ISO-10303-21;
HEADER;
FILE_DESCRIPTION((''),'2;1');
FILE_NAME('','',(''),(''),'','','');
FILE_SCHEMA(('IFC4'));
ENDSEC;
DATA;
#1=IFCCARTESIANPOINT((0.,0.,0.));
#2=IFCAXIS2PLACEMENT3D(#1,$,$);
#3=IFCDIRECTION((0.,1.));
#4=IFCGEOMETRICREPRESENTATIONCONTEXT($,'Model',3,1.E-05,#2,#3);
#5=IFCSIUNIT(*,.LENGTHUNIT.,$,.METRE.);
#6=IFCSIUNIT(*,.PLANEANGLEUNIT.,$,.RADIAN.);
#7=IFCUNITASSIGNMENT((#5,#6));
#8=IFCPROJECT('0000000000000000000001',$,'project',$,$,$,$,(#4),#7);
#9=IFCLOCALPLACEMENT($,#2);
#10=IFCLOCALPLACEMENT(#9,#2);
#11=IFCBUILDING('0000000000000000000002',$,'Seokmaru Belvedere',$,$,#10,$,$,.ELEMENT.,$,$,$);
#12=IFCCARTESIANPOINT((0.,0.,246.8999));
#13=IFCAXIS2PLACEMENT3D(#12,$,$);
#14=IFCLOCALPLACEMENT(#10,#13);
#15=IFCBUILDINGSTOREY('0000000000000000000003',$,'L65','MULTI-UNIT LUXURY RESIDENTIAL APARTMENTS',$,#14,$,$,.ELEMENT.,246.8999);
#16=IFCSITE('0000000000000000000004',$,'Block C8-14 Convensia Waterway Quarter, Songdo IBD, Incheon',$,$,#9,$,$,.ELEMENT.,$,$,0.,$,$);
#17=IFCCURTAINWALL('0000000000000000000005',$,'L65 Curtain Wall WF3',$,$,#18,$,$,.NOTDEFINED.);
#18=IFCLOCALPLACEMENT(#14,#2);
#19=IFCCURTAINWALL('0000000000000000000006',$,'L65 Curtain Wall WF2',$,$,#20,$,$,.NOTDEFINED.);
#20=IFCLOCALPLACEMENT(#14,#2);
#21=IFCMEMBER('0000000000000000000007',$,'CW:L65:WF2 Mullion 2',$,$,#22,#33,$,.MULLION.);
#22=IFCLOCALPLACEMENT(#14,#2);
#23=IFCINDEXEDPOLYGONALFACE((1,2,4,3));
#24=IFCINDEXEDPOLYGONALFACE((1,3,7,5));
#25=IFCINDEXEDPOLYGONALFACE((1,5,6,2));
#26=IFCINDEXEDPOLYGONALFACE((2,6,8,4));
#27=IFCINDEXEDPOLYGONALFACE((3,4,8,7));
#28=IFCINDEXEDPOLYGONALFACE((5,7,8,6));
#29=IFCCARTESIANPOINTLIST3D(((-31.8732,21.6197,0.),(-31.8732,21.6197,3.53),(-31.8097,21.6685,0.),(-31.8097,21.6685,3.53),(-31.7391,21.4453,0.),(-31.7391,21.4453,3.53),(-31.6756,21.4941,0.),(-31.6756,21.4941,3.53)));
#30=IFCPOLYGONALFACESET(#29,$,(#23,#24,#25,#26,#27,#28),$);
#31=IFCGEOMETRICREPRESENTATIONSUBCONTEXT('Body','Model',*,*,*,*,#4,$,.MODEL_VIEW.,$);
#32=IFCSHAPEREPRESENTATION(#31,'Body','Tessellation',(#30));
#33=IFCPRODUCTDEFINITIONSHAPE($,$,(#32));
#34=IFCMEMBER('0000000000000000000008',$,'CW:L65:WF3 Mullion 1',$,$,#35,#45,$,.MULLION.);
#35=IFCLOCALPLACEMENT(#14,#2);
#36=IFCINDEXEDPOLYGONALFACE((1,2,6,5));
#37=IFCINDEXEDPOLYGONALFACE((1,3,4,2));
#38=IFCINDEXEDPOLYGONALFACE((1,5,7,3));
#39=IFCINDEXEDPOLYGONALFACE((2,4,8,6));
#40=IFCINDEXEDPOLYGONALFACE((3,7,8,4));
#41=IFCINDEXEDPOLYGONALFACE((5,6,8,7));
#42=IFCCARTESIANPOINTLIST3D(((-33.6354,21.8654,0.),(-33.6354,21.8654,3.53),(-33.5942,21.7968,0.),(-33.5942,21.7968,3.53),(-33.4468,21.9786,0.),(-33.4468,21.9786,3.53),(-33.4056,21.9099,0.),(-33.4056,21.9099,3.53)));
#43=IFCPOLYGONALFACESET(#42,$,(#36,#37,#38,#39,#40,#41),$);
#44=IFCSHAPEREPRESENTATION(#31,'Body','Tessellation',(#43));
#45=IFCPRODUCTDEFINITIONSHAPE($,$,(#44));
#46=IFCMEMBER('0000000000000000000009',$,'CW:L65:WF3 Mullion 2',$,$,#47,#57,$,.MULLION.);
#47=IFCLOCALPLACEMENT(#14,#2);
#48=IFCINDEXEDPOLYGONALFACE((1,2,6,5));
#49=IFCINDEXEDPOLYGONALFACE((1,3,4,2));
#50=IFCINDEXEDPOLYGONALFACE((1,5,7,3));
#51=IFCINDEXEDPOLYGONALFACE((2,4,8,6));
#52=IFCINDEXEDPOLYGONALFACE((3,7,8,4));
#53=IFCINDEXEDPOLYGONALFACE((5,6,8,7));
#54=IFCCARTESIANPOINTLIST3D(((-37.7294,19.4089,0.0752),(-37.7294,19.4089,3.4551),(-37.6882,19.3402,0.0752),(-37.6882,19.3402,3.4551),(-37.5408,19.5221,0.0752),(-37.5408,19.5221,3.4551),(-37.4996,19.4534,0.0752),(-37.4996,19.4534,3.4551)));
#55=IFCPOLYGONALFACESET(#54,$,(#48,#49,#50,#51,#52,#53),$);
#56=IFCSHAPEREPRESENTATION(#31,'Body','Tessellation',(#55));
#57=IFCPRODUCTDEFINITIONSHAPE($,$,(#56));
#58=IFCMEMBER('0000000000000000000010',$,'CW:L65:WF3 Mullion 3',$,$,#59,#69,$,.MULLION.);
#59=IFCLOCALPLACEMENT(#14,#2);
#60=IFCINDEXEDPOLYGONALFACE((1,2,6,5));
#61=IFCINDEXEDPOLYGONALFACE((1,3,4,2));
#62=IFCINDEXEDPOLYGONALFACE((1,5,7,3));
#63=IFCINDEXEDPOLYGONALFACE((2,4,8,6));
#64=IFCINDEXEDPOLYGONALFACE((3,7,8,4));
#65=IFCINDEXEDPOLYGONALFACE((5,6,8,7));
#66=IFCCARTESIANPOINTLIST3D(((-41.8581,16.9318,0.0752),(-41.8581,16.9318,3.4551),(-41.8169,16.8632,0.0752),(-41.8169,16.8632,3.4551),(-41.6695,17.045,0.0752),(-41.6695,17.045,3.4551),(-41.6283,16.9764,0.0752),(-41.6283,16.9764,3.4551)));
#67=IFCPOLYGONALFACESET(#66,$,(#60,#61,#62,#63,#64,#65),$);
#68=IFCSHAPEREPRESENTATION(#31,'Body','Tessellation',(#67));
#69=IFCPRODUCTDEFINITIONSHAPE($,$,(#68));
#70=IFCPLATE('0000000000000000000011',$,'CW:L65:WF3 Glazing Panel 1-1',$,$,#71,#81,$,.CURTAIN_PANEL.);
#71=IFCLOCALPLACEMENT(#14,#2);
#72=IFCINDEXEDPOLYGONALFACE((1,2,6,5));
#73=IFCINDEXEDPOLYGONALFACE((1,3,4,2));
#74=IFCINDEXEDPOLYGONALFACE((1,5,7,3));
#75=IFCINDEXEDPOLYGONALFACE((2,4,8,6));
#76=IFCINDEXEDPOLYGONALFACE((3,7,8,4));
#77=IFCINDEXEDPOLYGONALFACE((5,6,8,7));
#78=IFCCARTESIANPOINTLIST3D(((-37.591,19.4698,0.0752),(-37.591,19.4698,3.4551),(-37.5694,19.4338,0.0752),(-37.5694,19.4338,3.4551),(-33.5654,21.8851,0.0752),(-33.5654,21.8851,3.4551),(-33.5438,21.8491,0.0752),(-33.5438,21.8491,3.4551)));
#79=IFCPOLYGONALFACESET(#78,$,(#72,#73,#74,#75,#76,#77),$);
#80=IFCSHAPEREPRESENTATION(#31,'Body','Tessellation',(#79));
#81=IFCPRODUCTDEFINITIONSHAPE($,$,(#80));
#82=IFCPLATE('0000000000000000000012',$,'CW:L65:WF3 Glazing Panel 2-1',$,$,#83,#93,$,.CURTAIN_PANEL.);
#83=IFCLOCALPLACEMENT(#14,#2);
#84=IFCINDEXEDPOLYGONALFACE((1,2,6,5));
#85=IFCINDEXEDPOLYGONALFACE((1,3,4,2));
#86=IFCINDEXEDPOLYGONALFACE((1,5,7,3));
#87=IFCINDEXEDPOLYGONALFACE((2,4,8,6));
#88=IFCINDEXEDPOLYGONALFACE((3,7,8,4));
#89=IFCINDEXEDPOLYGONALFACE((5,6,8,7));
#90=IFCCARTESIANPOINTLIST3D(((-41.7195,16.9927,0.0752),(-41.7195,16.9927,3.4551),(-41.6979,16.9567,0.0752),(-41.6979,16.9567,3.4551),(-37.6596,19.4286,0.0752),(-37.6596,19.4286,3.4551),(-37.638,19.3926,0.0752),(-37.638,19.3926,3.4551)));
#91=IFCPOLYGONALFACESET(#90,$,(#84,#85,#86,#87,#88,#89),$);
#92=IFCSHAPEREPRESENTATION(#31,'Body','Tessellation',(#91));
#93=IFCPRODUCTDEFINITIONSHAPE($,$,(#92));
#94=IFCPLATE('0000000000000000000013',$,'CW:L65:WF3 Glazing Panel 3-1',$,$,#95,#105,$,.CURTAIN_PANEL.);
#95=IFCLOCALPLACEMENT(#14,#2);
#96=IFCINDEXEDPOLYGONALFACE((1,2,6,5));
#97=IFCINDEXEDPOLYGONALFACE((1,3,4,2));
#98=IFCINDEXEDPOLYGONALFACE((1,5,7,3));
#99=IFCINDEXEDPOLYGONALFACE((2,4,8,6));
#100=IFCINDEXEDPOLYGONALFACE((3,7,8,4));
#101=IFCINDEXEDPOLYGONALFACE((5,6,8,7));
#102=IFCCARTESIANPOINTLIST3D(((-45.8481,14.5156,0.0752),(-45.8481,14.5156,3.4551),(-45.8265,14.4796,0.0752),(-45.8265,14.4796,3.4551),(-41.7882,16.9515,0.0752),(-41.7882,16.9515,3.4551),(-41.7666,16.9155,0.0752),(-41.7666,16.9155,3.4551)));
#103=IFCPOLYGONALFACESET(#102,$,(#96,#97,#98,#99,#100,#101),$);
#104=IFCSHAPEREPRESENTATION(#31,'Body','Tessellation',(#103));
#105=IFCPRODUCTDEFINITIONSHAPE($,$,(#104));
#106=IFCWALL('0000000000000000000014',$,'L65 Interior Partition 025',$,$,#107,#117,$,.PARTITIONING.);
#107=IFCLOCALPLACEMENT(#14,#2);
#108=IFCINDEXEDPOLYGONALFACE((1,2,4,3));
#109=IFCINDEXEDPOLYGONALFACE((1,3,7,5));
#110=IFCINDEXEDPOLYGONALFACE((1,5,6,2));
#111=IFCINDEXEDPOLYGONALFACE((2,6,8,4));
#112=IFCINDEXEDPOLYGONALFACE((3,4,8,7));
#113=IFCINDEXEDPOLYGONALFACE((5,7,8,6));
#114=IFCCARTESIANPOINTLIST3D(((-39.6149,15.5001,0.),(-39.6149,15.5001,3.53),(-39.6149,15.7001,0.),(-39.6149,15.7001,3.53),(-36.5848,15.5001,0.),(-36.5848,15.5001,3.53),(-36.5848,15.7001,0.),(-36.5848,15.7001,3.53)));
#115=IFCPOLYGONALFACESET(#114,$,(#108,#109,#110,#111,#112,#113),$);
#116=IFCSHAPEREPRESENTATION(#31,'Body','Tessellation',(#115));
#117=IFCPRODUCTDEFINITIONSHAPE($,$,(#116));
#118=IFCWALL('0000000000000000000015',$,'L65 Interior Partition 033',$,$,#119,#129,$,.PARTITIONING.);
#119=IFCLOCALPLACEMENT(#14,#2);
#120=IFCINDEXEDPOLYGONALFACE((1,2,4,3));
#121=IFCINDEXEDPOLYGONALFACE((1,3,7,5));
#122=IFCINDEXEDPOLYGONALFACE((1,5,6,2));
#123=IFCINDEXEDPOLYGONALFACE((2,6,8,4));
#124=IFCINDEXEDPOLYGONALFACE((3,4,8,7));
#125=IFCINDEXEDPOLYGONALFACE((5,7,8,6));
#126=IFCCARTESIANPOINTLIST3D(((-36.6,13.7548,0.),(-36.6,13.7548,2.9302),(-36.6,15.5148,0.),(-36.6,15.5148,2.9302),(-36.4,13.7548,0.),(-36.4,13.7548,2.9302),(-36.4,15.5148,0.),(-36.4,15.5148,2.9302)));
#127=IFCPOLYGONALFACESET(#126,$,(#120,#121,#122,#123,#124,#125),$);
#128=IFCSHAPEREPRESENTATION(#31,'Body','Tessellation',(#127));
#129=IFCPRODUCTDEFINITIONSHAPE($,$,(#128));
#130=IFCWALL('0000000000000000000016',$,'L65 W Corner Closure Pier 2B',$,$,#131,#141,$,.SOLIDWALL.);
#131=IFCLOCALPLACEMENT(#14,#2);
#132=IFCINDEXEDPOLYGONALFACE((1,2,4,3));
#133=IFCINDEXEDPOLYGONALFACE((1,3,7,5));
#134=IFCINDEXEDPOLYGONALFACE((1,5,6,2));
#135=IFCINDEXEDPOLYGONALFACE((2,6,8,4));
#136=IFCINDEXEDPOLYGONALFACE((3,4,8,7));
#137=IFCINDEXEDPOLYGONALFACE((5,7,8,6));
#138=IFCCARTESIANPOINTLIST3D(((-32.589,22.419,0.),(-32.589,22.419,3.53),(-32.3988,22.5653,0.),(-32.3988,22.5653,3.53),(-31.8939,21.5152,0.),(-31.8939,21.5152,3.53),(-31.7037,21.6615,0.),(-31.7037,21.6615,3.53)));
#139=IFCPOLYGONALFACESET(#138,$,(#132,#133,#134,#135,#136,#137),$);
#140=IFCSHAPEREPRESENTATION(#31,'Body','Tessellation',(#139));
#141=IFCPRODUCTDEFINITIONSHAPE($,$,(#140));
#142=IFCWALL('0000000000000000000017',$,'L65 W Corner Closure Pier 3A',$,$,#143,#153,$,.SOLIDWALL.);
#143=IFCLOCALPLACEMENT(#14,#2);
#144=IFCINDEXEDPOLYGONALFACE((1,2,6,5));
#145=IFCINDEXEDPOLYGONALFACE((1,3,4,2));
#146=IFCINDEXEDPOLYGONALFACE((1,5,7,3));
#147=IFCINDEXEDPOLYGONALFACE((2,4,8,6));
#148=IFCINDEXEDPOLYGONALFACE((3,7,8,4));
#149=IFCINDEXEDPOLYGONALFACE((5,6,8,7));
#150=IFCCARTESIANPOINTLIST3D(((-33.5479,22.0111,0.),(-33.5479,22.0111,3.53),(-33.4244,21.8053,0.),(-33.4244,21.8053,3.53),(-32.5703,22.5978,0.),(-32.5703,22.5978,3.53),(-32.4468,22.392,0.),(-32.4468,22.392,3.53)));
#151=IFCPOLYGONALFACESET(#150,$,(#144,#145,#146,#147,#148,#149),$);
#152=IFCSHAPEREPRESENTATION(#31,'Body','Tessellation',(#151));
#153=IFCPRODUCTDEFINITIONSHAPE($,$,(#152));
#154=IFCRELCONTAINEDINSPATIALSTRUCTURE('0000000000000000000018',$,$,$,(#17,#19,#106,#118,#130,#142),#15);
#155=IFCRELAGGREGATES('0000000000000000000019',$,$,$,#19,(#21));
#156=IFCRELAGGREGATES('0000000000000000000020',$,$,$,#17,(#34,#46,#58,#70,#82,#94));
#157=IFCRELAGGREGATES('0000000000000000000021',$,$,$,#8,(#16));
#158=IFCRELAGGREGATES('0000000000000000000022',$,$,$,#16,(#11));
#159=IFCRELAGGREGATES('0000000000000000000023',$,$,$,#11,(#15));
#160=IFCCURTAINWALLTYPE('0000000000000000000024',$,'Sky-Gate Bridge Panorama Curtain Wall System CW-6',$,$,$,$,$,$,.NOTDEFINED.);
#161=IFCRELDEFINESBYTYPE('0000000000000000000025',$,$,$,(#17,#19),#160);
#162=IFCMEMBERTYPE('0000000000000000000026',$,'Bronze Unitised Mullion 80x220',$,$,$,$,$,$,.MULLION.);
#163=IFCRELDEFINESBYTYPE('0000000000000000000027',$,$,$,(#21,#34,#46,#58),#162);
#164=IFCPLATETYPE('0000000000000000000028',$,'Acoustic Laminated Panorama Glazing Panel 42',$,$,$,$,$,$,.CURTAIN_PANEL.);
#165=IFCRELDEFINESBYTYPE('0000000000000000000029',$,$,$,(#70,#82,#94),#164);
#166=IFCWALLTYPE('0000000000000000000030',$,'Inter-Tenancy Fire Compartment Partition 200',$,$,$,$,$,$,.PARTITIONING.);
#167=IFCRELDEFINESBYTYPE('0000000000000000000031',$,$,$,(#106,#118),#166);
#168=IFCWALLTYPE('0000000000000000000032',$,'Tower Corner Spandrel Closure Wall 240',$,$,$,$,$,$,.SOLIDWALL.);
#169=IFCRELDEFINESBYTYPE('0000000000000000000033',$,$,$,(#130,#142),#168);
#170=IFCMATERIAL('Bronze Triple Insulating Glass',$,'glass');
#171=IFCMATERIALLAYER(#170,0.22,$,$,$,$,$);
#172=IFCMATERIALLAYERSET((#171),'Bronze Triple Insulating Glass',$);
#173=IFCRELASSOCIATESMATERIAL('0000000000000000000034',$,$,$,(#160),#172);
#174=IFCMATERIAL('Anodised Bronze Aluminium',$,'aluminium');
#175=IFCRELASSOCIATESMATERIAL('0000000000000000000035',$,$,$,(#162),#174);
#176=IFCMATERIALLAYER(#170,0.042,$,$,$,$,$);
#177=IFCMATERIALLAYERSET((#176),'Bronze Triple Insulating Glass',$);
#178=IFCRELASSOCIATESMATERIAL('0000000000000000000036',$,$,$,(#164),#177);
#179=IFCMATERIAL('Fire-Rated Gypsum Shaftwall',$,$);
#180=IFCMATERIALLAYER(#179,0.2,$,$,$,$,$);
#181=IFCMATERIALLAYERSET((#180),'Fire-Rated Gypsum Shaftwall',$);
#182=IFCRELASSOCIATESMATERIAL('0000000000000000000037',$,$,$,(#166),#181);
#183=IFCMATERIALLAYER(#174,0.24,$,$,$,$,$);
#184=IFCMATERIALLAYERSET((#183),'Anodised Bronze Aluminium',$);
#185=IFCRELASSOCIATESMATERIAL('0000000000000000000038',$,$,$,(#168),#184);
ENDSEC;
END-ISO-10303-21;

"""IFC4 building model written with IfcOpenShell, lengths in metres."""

from ifc_helpers import new_model, si_unit, direction, frame, frame_2d, origin, origin_2d, place, context, subcontext, project, spatial, rectangle, extrude, source, transform, mapped, material, layer, layer_set, material_profile, profile_set, type_object, type_shapes, element, aggregate, save


model = new_model("IFC4")

# Units and contexts
model_context = context("Model", 3, precision=1e-05, world=origin(), true_north=direction((0.0, 1.0)))
body_context = subcontext(model_context, "Body", "Model", "MODEL_VIEW")
ifc_project = project(units=[si_unit("LENGTHUNIT", "METRE"), si_unit("PLANEANGLEUNIT", "RADIAN")], contexts=[model_context])

# Site, building, storey
site_placement = place(None, origin())
site = spatial("IfcSite", under=ifc_project, at=site_placement, Name="Block C8-14 Convensia Waterway Quarter, Songdo IBD, Incheon", CompositionType="ELEMENT", RefElevation=0.0)
building_placement = place(site_placement, origin())
building = spatial("IfcBuilding", under=site, at=building_placement, Name="Seokmaru Belvedere", CompositionType="ELEMENT")
storey_placement = place(building_placement, frame((0.0, 0.0, 246.8999)))
storey = spatial("IfcBuildingStorey", under=building, at=storey_placement, Name="L65", Description="MULTI-UNIT LUXURY RESIDENTIAL APARTMENTS", CompositionType="ELEMENT", Elevation=246.8999)

# Curtain wall
ifc_material_1 = material(Name="Bronze Triple Insulating Glass", Category="glass")
ifc_layer_1 = layer(ifc_material_1, 0.22)
ifc_layer_set_1 = layer_set([ifc_layer_1], Name="Bronze Triple Insulating Glass")
curtain_wall_type = type_object("IfcCurtainWallType", Name="Sky-Gate Bridge Panorama Curtain Wall System CW-6", PredefinedType="NOTDEFINED", material=ifc_layer_set_1)
curtain_wall_1_placement = place(storey_placement, origin())
curtain_wall_1 = element("IfcCurtainWall", 1, at=curtain_wall_1_placement, inside=storey, type_object=curtain_wall_type, Name="L65 Curtain Wall WF3", PredefinedType="NOTDEFINED")
ifc_material_2 = material(Name="Anodised Bronze Aluminium", Category="aluminium")

# Curtain wall, member
curtain_wall_2_placement = place(storey_placement, origin())
curtain_wall_2 = element("IfcCurtainWall", 2, at=curtain_wall_2_placement, inside=storey, type_object=curtain_wall_type, Name="L65 Curtain Wall WF2", PredefinedType="NOTDEFINED")
ifc_material_profile_1 = material_profile(ifc_material_2, rectangle(XDim=0.0801, YDim=0.22, at=origin_2d()), Name="CW-M-80x220")
ifc_profile_set_1 = profile_set([ifc_material_profile_1], Name="Anodised Bronze Aluminium")
member_type_1 = type_object("IfcMemberType", Name="Bronze Unitised Mullion 80x220", PredefinedType="MULLION", material=ifc_profile_set_1)
shared_shape_1 = source(origin(), body_context, "Body", "SweptSolid", [
    extrude(rectangle(XDim=0.0801, YDim=0.22, at=origin_2d()), origin(), (0.0, 0.0, 1.0), 3.53),
])
member_1_placement = place(storey_placement, frame((-31.7744, 21.5569, 0.0), z_axis=(0.0, 0.0, 1.0), x_axis=(-0.792631, -0.609701, 0.0)))
member_1 = element("IfcMember", 3, at=member_1_placement, type_object=member_type_1, Name="CW:L65:WF2 Mullion 2", PredefinedType="MULLION", context=body_context, shape_type="MappedRepresentation", body=[
    mapped(shared_shape_1, transform((0.0, 0.0, 0.0), scale=1.0)),
])
aggregate(curtain_wall_2, [member_1])

# Members
member_2_placement = place(storey_placement, frame((-33.5205, 21.8877, 0.0), z_axis=(0.0, 0.0, 1.0), x_axis=(0.514495, -0.857493, 0.0)))
member_2 = element("IfcMember", 4, at=member_2_placement, type_object=member_type_1, Name="CW:L65:WF3 Mullion 1", PredefinedType="MULLION", context=body_context, shape_type="MappedRepresentation", body=[
    mapped(shared_shape_1, transform((0.0, 0.0, 0.0), scale=1.0)),
])
shared_shape_2 = source(origin(), body_context, "Body", "SweptSolid", [
    extrude(rectangle(XDim=0.0801, YDim=0.22, at=origin_2d()), origin(), (0.0, 0.0, 1.0), 3.3799),
])
type_shapes(member_type_1, [shared_shape_1, shared_shape_2])
member_3_placement = place(storey_placement, frame((-37.6145, 19.4312, 0.0752), z_axis=(0.0, 0.0, 1.0), x_axis=(0.514495, -0.857493, 0.0)))
member_3 = element("IfcMember", 5, at=member_3_placement, type_object=member_type_1, Name="CW:L65:WF3 Mullion 2", PredefinedType="MULLION", context=body_context, shape_type="MappedRepresentation", body=[
    mapped(shared_shape_2, transform((0.0, 0.0, 0.0), scale=1.0)),
])
member_4_placement = place(storey_placement, frame((-41.7432, 16.9541, 0.0752), z_axis=(0.0, 0.0, 1.0), x_axis=(0.514495, -0.857493, 0.0)))
member_4 = element("IfcMember", 6, at=member_4_placement, type_object=member_type_1, Name="CW:L65:WF3 Mullion 3", PredefinedType="MULLION", context=body_context, shape_type="MappedRepresentation", body=[
    mapped(shared_shape_2, transform((0.0, 0.0, 0.0), scale=1.0)),
])

# Plates
ifc_layer_2 = layer(ifc_material_1, 0.042)
ifc_layer_set_2 = layer_set([ifc_layer_2], Name="Bronze Triple Insulating Glass")
plate_type = type_object("IfcPlateType", Name="Acoustic Laminated Panorama Glazing Panel 42", PredefinedType="CURTAIN_PANEL", material=ifc_layer_set_2)
shared_shape_3 = source(origin(), body_context, "Body", "SweptSolid", [
    extrude(rectangle(XDim=4.6946, YDim=0.042, at=origin_2d()), origin(), (0.0, 0.0, 1.0), 3.3799),
])
plate_1_placement = place(storey_placement, frame((-35.5674, 20.6594, 0.0752), z_axis=(0.0, 0.0, 1.0), x_axis=(-0.857493, -0.514495, 0.0)))
plate_1 = element("IfcPlate", 7, at=plate_1_placement, type_object=plate_type, Name="CW:L65:WF3 Glazing Panel 1-1", PredefinedType="CURTAIN_PANEL", context=body_context, shape_type="MappedRepresentation", body=[
    mapped(shared_shape_3, transform((0.0, 0.0, 0.0), scale=1.0)),
])
shared_shape_4 = source(origin(), body_context, "Body", "SweptSolid", [
    extrude(rectangle(XDim=4.7346, YDim=0.042, at=origin_2d()), origin(), (0.0, 0.0, 1.0), 3.3799),
])
type_shapes(plate_type, [shared_shape_3, shared_shape_4])
plate_2_placement = place(storey_placement, frame((-39.6787, 18.1926, 0.0752), z_axis=(0.0, 0.0, 1.0), x_axis=(-0.857493, -0.514495, 0.0)))
plate_2 = element("IfcPlate", 8, at=plate_2_placement, type_object=plate_type, Name="CW:L65:WF3 Glazing Panel 2-1", PredefinedType="CURTAIN_PANEL", context=body_context, shape_type="MappedRepresentation", body=[
    mapped(shared_shape_4, transform((0.0, 0.0, 0.0), scale=1.0)),
])
plate_3_placement = place(storey_placement, frame((-43.8074, 15.7156, 0.0752), z_axis=(0.0, 0.0, 1.0), x_axis=(-0.857493, -0.514495, 0.0)))
plate_3 = element("IfcPlate", 9, at=plate_3_placement, type_object=plate_type, Name="CW:L65:WF3 Glazing Panel 3-1", PredefinedType="CURTAIN_PANEL", context=body_context, shape_type="MappedRepresentation", body=[
    mapped(shared_shape_4, transform((0.0, 0.0, 0.0), scale=1.0)),
])
aggregate(curtain_wall_1, [member_2, member_3, member_4, plate_1, plate_2, plate_3])

# Walls
ifc_material_3 = material(Name="Fire-Rated Gypsum Shaftwall")
ifc_layer_3 = layer(ifc_material_3, 0.2)
ifc_layer_set_3 = layer_set([ifc_layer_3], Name="Fire-Rated Gypsum Shaftwall")
wall_type_1 = type_object("IfcWallType", Name="Inter-Tenancy Fire Compartment Partition 200", PredefinedType="PARTITIONING", material=ifc_layer_set_3)
wall_1_placement = place(storey_placement, frame((-39.615, 15.6001, 0.0), z_axis=(0.0, 0.0, 1.0), x_axis=(1.0, 0.0, 0.0)))
element("IfcWall", 10, at=wall_1_placement, inside=storey, type_object=wall_type_1, Name="L65 Interior Partition 025", PredefinedType="PARTITIONING", context=body_context, shape_type="SweptSolid", body=[
    extrude(rectangle(XDim=3.03, YDim=0.2, at=frame_2d((1.5151, 0.0))), origin(), (0.0, 0.0, 1.0), 3.53),
])
wall_2_placement = place(storey_placement, frame((-36.5, 13.7549, 0.0), z_axis=(0.0, 0.0, 1.0), x_axis=(0.0, 1.0, 0.0)))
element("IfcWall", 11, at=wall_2_placement, inside=storey, type_object=wall_type_1, Name="L65 Interior Partition 033", PredefinedType="PARTITIONING", context=body_context, shape_type="SweptSolid", body=[
    extrude(rectangle(XDim=1.76, YDim=0.2, at=frame_2d((0.8799, 0.0))), origin(), (0.0, 0.0, 1.0), 2.9302),
])
ifc_layer_4 = layer(ifc_material_2, 0.24)
ifc_layer_set_4 = layer_set([ifc_layer_4], Name="Anodised Bronze Aluminium")
wall_type_2 = type_object("IfcWallType", Name="Tower Corner Spandrel Closure Wall 240", PredefinedType="SOLIDWALL", material=ifc_layer_set_4)
for number, where, z_axis, x_axis, name in (
    (12, (-31.7988, 21.5884, 0.0), (0.0, 0.0, 1.0), (-0.609618, 0.792696, 0.0), "L65 W Corner Closure Pier 2B"),
    (13, (-32.5085, 22.4949, 0.0), (0.0, 0.0, 1.0), (-0.857436, -0.51459, 0.0), "L65 W Corner Closure Pier 3A"),
):
    element("IfcWall", number, at=place(storey_placement, frame(where, z_axis=z_axis, x_axis=x_axis)), inside=storey, type_object=wall_type_2, Name=name, PredefinedType="SOLIDWALL", context=body_context, shape_type="SweptSolid", body=[
        extrude(rectangle(XDim=1.1401, YDim=0.24, at=frame_2d((0.5701, 0.0))), origin(), (0.0, 0.0, 1.0), 3.53),
    ])

save(model, "model.ifc")
